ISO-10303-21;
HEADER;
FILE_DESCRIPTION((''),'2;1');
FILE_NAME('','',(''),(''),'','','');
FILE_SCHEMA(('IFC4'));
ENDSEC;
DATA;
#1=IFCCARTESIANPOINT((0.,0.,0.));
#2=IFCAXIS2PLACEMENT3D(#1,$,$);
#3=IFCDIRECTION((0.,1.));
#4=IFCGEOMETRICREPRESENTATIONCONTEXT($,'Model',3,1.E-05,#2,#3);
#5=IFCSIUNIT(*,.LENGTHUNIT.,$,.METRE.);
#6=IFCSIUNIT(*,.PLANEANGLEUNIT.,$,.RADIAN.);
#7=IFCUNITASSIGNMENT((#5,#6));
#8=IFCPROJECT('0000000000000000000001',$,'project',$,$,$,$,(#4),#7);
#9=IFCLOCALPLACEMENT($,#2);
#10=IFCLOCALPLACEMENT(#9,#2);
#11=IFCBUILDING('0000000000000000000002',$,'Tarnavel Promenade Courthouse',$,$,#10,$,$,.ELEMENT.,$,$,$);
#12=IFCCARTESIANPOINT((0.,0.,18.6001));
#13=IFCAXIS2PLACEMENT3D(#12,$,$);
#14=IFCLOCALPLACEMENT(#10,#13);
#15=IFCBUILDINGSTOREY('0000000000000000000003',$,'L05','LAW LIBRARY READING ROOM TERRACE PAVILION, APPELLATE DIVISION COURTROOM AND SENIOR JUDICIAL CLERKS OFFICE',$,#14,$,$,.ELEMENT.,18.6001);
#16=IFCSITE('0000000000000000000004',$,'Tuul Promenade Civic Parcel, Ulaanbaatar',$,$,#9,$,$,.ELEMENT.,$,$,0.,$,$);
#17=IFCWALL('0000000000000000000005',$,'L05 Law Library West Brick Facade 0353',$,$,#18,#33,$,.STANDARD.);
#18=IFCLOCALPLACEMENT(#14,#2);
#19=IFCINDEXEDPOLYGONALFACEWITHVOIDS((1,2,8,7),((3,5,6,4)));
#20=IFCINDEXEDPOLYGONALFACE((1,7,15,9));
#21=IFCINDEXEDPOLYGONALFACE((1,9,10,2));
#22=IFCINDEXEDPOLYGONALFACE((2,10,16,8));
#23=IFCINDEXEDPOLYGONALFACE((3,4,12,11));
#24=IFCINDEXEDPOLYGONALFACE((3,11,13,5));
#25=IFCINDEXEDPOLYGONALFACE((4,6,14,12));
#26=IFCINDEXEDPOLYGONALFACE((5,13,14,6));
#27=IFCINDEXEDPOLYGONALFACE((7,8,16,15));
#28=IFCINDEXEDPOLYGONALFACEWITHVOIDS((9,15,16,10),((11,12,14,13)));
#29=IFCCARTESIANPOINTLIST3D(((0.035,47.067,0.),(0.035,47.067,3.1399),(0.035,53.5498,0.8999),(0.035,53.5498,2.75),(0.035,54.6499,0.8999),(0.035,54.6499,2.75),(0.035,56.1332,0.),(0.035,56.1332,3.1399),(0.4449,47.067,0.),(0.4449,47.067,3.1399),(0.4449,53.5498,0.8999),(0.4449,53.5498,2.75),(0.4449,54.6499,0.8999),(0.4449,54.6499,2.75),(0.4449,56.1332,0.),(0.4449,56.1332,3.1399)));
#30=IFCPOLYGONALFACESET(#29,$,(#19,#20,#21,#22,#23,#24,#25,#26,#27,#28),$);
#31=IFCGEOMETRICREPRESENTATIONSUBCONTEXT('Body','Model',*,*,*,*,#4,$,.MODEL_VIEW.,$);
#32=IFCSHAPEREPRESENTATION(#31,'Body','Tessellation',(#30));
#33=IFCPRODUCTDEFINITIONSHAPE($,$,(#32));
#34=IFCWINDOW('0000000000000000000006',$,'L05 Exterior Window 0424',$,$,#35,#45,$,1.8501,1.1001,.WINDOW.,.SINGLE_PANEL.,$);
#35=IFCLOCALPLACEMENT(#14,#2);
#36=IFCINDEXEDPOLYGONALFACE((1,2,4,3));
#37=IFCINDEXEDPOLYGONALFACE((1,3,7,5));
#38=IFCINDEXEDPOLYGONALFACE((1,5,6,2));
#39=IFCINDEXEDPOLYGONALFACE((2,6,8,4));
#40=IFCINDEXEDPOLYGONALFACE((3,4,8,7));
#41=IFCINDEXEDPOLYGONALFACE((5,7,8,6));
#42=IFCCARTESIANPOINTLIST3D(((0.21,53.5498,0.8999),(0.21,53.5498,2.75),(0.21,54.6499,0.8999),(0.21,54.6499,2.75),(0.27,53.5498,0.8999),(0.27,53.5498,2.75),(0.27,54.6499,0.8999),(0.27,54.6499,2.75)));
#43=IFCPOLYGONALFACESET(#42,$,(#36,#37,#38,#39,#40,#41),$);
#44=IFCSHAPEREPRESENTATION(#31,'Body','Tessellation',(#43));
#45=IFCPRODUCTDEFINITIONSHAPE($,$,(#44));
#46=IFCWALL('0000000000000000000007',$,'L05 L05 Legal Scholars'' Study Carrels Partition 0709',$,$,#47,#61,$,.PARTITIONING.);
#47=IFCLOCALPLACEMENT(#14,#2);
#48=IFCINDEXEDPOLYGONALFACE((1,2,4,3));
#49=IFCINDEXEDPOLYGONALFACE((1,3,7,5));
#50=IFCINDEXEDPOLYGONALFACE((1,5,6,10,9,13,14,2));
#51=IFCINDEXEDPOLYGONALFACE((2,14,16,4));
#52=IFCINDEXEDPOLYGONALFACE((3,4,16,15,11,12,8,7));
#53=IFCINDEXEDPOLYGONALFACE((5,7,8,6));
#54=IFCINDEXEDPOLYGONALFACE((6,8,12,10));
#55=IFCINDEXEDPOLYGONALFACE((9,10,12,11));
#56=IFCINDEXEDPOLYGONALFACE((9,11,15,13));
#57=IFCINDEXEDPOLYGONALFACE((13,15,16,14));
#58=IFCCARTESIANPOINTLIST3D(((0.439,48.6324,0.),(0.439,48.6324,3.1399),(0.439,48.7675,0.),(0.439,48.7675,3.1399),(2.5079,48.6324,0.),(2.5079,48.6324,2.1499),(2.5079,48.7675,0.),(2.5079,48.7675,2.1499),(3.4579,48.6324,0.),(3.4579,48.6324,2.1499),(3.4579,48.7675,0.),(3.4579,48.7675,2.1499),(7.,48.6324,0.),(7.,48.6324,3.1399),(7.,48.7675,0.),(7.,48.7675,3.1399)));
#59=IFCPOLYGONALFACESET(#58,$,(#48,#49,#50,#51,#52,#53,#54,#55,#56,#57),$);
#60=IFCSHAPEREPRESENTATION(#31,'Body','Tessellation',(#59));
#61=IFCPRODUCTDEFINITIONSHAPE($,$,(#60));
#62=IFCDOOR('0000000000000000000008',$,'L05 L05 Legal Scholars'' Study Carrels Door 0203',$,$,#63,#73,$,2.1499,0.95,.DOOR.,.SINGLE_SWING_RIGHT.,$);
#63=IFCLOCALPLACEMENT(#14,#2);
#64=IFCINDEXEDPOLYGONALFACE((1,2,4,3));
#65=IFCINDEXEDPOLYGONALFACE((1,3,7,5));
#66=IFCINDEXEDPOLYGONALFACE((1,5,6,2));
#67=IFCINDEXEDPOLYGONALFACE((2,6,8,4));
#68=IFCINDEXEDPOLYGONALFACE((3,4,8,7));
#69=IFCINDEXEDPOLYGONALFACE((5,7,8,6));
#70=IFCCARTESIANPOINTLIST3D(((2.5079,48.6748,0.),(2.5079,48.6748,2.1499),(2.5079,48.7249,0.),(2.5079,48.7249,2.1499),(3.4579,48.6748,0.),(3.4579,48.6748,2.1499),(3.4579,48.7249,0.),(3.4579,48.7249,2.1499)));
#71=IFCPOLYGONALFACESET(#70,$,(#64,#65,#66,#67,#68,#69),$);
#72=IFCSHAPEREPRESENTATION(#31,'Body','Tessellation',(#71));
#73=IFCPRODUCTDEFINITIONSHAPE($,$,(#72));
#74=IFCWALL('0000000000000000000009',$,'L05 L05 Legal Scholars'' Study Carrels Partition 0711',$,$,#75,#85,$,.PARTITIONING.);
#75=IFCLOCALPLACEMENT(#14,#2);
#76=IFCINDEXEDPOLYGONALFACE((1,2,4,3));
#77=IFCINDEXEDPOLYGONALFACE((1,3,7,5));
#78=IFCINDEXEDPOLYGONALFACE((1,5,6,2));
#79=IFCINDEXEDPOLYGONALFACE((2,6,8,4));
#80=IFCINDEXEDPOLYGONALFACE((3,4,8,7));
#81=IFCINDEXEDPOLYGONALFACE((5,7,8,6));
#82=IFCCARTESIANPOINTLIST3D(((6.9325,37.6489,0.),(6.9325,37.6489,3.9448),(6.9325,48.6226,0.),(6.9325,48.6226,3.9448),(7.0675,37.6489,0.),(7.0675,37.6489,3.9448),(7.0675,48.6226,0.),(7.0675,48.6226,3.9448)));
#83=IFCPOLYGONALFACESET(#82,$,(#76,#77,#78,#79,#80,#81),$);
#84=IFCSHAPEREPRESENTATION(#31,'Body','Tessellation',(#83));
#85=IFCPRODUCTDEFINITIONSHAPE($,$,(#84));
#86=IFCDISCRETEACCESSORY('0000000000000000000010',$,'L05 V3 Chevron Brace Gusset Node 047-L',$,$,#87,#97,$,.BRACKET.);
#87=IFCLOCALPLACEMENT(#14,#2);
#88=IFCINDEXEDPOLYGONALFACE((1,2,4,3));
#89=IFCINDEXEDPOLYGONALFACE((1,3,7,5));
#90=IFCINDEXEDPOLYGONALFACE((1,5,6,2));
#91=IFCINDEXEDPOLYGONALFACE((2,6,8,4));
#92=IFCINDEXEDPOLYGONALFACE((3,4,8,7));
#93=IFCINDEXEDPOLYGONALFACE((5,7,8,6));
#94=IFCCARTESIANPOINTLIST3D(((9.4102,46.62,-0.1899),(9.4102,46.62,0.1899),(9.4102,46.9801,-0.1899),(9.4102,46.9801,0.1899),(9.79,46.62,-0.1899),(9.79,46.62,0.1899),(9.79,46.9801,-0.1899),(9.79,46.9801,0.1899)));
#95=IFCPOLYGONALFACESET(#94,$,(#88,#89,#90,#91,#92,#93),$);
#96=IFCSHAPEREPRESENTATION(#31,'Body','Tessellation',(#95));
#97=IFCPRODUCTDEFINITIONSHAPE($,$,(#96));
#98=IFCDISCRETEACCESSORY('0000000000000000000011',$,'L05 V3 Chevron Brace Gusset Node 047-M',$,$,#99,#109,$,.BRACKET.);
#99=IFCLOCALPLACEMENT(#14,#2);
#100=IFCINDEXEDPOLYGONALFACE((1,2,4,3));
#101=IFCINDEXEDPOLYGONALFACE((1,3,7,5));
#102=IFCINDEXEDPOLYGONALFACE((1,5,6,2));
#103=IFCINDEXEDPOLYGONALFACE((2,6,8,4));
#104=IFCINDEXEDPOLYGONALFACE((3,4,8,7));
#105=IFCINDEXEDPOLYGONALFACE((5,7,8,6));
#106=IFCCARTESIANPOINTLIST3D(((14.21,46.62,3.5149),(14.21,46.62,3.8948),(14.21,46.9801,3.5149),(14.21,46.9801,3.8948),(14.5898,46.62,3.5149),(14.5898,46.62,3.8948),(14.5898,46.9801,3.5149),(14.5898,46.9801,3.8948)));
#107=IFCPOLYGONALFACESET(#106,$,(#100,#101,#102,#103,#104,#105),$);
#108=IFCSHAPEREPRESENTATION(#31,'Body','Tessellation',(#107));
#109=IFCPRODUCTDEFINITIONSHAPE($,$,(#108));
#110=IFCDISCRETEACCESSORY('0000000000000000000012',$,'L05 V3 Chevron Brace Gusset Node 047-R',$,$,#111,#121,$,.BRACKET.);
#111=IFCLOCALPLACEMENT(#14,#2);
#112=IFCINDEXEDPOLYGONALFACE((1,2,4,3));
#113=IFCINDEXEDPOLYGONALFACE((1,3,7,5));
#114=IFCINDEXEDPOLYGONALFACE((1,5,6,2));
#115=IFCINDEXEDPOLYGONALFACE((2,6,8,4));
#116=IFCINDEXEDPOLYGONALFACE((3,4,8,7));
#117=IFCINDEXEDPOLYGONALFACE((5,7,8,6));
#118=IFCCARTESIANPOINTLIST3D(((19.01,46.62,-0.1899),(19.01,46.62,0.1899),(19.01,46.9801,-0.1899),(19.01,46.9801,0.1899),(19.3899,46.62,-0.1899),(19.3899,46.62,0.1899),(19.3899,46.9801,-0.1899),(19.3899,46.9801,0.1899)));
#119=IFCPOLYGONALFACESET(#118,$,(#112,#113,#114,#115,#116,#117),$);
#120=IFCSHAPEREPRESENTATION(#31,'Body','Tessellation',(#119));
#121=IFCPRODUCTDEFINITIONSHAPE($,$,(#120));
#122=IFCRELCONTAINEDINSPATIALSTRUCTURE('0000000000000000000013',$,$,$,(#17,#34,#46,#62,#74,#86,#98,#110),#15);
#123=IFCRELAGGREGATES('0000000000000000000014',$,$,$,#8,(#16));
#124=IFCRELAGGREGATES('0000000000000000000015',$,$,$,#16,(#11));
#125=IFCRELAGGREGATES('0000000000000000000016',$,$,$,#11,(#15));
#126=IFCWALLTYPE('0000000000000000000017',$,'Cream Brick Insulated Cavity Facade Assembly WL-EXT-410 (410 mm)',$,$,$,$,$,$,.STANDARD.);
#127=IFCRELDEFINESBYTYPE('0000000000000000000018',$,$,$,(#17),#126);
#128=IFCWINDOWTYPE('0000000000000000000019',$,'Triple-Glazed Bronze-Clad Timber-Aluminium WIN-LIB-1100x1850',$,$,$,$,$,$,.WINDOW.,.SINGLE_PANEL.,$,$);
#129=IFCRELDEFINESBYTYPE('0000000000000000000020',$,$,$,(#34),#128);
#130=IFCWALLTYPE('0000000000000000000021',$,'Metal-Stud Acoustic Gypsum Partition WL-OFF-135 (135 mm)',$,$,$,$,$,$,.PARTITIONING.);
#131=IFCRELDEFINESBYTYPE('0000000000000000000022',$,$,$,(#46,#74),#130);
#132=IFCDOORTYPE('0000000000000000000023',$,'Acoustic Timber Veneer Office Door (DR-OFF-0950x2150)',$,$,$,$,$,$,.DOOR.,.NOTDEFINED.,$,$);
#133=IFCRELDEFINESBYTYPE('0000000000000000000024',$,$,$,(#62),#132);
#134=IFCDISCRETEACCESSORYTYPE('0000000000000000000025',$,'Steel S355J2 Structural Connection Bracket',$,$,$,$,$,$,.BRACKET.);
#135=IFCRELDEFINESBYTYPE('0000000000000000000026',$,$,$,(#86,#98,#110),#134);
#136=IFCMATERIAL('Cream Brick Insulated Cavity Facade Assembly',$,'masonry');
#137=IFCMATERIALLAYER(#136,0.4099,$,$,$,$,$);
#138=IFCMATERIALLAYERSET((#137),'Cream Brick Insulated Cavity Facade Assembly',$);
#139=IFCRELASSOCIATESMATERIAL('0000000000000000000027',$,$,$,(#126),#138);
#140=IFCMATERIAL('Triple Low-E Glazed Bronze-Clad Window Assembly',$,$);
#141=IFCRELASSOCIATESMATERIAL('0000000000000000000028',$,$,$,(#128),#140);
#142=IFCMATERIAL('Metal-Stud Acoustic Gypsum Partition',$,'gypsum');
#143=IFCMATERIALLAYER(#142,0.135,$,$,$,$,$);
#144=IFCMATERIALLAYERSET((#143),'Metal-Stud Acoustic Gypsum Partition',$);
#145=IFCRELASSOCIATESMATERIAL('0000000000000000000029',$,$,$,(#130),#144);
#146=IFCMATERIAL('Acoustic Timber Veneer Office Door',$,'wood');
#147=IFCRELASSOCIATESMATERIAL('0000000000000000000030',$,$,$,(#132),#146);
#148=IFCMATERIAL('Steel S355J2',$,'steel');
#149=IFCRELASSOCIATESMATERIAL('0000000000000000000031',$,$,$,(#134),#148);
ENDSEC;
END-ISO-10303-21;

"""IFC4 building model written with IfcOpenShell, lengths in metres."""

from ifc_helpers import new_model, si_unit, direction, frame, frame_2d, origin, origin_2d, place, context, subcontext, project, spatial, rectangle, extrude, material, layer, layer_set, type_object, element, fill, save


model = new_model("IFC4")

# Units and contexts
model_context = context("Model", 3, precision=1e-05, world=origin(), true_north=direction((0.0, 1.0)))
body_context = subcontext(model_context, "Body", "Model", "MODEL_VIEW")
ifc_project = project(units=[si_unit("LENGTHUNIT", "METRE"), si_unit("PLANEANGLEUNIT", "RADIAN")], contexts=[model_context])

# Site, building, storey
site_placement = place(None, origin())
site = spatial("IfcSite", under=ifc_project, at=site_placement, Name="Tuul Promenade Civic Parcel, Ulaanbaatar", CompositionType="ELEMENT", RefElevation=0.0)
building_placement = place(site_placement, origin())
building = spatial("IfcBuilding", under=site, at=building_placement, Name="Tarnavel Promenade Courthouse", CompositionType="ELEMENT")
storey_placement = place(building_placement, frame((0.0, 0.0, 18.6001)))
storey = spatial("IfcBuildingStorey", under=building, at=storey_placement, Name="L05", Description="LAW LIBRARY READING ROOM TERRACE PAVILION, APPELLATE DIVISION COURTROOM AND SENIOR JUDICIAL CLERKS OFFICE", CompositionType="ELEMENT", Elevation=18.6001)

# Shared definitions
ifc_material_1 = material(Name="Steel S355J2", Category="steel")

# Wall, opening, window
ifc_material_2 = material(Name="Cream Brick Insulated Cavity Facade Assembly", Category="masonry")
ifc_layer_1 = layer(ifc_material_2, 0.4099)
ifc_layer_set_1 = layer_set([ifc_layer_1], Name="Cream Brick Insulated Cavity Facade Assembly")
wall_type_1 = type_object("IfcWallType", Name="Cream Brick Insulated Cavity Facade Assembly WL-EXT-410 (410 mm)", PredefinedType="STANDARD", material=ifc_layer_set_1)
wall_1_placement = place(storey_placement, frame((0.24, 47.0669, 0.0), z_axis=(0.0, 0.0, 1.0), x_axis=(0.0, 1.0, 0.0)))
wall_1 = element("IfcWall", 1, at=wall_1_placement, inside=storey, type_object=wall_type_1, Name="L05 Law Library West Brick Facade 0353", PredefinedType="STANDARD", context=body_context, shape_type="SweptSolid", body=[
    extrude(rectangle(XDim=9.0662, YDim=0.4099, at=frame_2d((4.5332, 0.0))), origin(), (0.0, 0.0, 1.0), 3.1399),
])
opening_1_placement = place(wall_1_placement, frame((6.4829, 0.0, 0.8999)))
opening_1 = element("IfcOpeningElement", 2, at=opening_1_placement, cuts=wall_1, PredefinedType="OPENING", context=body_context, shape_type="SweptSolid", body=[
    extrude(rectangle(XDim=1.1001, YDim=1.8501, at=frame_2d((0.55, 0.925))), frame((0.0, 0.2148, 0.0), z_axis=(0.0, -1.0, 0.0), x_axis=(1.0, 0.0, 0.0)), (0.0, 0.0, 1.0), 0.4299),
])
ifc_material_3 = material(Name="Triple Low-E Glazed Bronze-Clad Window Assembly")
window_type = type_object("IfcWindowType", Name="Triple-Glazed Bronze-Clad Timber-Aluminium WIN-LIB-1100x1850", PartitioningType="SINGLE_PANEL", PredefinedType="WINDOW", material=ifc_material_3)
window_placement = place(opening_1_placement, origin())
window = element("IfcWindow", 3, at=window_placement, inside=storey, type_object=window_type, Name="L05 Exterior Window 0424", OverallHeight=1.8501, OverallWidth=1.1001, PartitioningType="SINGLE_PANEL", PredefinedType="WINDOW", context=body_context, shape_type="SweptSolid", body=[
    extrude(rectangle(XDim=1.1001, YDim=1.8501, at=frame_2d((0.55, 0.925))), frame((0.0, 0.03, 0.0), z_axis=(0.0, -1.0, 0.0), x_axis=(1.0, 0.0, 0.0)), (0.0, 0.0, 1.0), 0.0601),
])
fill(opening_1, window)

# Wall, opening, door
ifc_material_4 = material(Name="Metal-Stud Acoustic Gypsum Partition", Category="gypsum")
ifc_layer_2 = layer(ifc_material_4, 0.135)
ifc_layer_set_2 = layer_set([ifc_layer_2], Name="Metal-Stud Acoustic Gypsum Partition")
wall_type_2 = type_object("IfcWallType", Name="Metal-Stud Acoustic Gypsum Partition WL-OFF-135 (135 mm)", PredefinedType="PARTITIONING", material=ifc_layer_set_2)
wall_2_placement = place(storey_placement, frame((0.439, 48.7, 0.0), z_axis=(0.0, 0.0, 1.0), x_axis=(1.0, 0.0, 0.0)))
wall_2 = element("IfcWall", 4, at=wall_2_placement, inside=storey, type_object=wall_type_2, Name="L05 L05 Legal Scholars' Study Carrels Partition 0709", PredefinedType="PARTITIONING", context=body_context, shape_type="SweptSolid", body=[
    extrude(rectangle(XDim=6.561, YDim=0.135, at=frame_2d((3.2805, 0.0))), origin(), (0.0, 0.0, 1.0), 3.1399),
])
opening_2_placement = place(wall_2_placement, frame((2.0688, 0.0, 0.0)))
opening_2 = element("IfcOpeningElement", 5, at=opening_2_placement, cuts=wall_2, PredefinedType="OPENING", context=body_context, shape_type="SweptSolid", body=[
    extrude(rectangle(XDim=0.95, YDim=2.1499, at=frame_2d((0.4751, 1.075))), frame((0.0, 0.0774, 0.0), z_axis=(0.0, -1.0, 0.0), x_axis=(1.0, 0.0, 0.0)), (0.0, 0.0, 1.0), 0.155),
])
ifc_material_5 = material(Name="Acoustic Timber Veneer Office Door", Category="wood")
door_type = type_object("IfcDoorType", Name="Acoustic Timber Veneer Office Door (DR-OFF-0950x2150)", OperationType="NOTDEFINED", PredefinedType="DOOR", material=ifc_material_5)
door_placement = place(opening_2_placement, origin())
door = element("IfcDoor", 6, at=door_placement, inside=storey, type_object=door_type, Name="L05 L05 Legal Scholars' Study Carrels Door 0203", OperationType="SINGLE_SWING_RIGHT", OverallHeight=2.1499, OverallWidth=0.95, PredefinedType="DOOR", context=body_context, shape_type="SweptSolid", body=[
    extrude(rectangle(XDim=0.95, YDim=2.1499, at=frame_2d((0.4751, 1.075))), frame((0.0, 0.0249, 0.0), z_axis=(0.0, -1.0, 0.0), x_axis=(1.0, 0.0, 0.0)), (0.0, 0.0, 1.0), 0.05),
])
fill(opening_2, door)

# Wall
wall_3_placement = place(storey_placement, frame((7.0, 48.6226, 0.0), z_axis=(0.0, 0.0, 1.0), x_axis=(0.0, -1.0, 0.0)))
element("IfcWall", 7, at=wall_3_placement, inside=storey, type_object=wall_type_2, Name="L05 L05 Legal Scholars' Study Carrels Partition 0711", PredefinedType="PARTITIONING", context=body_context, shape_type="SweptSolid", body=[
    extrude(rectangle(XDim=10.9736, YDim=0.135, at=frame_2d((5.4868, 0.0))), origin(), (0.0, 0.0, 1.0), 3.9448),
])

# Discrete accessories
discrete_accessory_type = type_object("IfcDiscreteAccessoryType", Name="Steel S355J2 Structural Connection Bracket", PredefinedType="BRACKET", material=ifc_material_1)
for number, where, z_axis, x_axis, name in (
    (8, (9.6001, 46.8, -0.1899), (0.0, 0.0, 1.0), (1.0, 0.0, 0.0), "L05 V3 Chevron Brace Gusset Node 047-L"),
    (9, (14.3999, 46.8, 3.5149), (0.0, 0.0, 1.0), (1.0, 0.0, 0.0), "L05 V3 Chevron Brace Gusset Node 047-M"),
    (10, (19.2, 46.8, -0.1899), (0.0, 0.0, 1.0), (1.0, 0.0, 0.0), "L05 V3 Chevron Brace Gusset Node 047-R"),
):
    element("IfcDiscreteAccessory", number, at=place(storey_placement, frame(where, z_axis=z_axis, x_axis=x_axis)), inside=storey, type_object=discrete_accessory_type, Name=name, PredefinedType="BRACKET", context=body_context, shape_type="SweptSolid", body=[
        extrude(rectangle(XDim=0.3799, YDim=0.3601, at=origin_2d()), origin(), (0.0, 0.0, 1.0), 0.3799),
    ])

save(model, "model.ifc")
